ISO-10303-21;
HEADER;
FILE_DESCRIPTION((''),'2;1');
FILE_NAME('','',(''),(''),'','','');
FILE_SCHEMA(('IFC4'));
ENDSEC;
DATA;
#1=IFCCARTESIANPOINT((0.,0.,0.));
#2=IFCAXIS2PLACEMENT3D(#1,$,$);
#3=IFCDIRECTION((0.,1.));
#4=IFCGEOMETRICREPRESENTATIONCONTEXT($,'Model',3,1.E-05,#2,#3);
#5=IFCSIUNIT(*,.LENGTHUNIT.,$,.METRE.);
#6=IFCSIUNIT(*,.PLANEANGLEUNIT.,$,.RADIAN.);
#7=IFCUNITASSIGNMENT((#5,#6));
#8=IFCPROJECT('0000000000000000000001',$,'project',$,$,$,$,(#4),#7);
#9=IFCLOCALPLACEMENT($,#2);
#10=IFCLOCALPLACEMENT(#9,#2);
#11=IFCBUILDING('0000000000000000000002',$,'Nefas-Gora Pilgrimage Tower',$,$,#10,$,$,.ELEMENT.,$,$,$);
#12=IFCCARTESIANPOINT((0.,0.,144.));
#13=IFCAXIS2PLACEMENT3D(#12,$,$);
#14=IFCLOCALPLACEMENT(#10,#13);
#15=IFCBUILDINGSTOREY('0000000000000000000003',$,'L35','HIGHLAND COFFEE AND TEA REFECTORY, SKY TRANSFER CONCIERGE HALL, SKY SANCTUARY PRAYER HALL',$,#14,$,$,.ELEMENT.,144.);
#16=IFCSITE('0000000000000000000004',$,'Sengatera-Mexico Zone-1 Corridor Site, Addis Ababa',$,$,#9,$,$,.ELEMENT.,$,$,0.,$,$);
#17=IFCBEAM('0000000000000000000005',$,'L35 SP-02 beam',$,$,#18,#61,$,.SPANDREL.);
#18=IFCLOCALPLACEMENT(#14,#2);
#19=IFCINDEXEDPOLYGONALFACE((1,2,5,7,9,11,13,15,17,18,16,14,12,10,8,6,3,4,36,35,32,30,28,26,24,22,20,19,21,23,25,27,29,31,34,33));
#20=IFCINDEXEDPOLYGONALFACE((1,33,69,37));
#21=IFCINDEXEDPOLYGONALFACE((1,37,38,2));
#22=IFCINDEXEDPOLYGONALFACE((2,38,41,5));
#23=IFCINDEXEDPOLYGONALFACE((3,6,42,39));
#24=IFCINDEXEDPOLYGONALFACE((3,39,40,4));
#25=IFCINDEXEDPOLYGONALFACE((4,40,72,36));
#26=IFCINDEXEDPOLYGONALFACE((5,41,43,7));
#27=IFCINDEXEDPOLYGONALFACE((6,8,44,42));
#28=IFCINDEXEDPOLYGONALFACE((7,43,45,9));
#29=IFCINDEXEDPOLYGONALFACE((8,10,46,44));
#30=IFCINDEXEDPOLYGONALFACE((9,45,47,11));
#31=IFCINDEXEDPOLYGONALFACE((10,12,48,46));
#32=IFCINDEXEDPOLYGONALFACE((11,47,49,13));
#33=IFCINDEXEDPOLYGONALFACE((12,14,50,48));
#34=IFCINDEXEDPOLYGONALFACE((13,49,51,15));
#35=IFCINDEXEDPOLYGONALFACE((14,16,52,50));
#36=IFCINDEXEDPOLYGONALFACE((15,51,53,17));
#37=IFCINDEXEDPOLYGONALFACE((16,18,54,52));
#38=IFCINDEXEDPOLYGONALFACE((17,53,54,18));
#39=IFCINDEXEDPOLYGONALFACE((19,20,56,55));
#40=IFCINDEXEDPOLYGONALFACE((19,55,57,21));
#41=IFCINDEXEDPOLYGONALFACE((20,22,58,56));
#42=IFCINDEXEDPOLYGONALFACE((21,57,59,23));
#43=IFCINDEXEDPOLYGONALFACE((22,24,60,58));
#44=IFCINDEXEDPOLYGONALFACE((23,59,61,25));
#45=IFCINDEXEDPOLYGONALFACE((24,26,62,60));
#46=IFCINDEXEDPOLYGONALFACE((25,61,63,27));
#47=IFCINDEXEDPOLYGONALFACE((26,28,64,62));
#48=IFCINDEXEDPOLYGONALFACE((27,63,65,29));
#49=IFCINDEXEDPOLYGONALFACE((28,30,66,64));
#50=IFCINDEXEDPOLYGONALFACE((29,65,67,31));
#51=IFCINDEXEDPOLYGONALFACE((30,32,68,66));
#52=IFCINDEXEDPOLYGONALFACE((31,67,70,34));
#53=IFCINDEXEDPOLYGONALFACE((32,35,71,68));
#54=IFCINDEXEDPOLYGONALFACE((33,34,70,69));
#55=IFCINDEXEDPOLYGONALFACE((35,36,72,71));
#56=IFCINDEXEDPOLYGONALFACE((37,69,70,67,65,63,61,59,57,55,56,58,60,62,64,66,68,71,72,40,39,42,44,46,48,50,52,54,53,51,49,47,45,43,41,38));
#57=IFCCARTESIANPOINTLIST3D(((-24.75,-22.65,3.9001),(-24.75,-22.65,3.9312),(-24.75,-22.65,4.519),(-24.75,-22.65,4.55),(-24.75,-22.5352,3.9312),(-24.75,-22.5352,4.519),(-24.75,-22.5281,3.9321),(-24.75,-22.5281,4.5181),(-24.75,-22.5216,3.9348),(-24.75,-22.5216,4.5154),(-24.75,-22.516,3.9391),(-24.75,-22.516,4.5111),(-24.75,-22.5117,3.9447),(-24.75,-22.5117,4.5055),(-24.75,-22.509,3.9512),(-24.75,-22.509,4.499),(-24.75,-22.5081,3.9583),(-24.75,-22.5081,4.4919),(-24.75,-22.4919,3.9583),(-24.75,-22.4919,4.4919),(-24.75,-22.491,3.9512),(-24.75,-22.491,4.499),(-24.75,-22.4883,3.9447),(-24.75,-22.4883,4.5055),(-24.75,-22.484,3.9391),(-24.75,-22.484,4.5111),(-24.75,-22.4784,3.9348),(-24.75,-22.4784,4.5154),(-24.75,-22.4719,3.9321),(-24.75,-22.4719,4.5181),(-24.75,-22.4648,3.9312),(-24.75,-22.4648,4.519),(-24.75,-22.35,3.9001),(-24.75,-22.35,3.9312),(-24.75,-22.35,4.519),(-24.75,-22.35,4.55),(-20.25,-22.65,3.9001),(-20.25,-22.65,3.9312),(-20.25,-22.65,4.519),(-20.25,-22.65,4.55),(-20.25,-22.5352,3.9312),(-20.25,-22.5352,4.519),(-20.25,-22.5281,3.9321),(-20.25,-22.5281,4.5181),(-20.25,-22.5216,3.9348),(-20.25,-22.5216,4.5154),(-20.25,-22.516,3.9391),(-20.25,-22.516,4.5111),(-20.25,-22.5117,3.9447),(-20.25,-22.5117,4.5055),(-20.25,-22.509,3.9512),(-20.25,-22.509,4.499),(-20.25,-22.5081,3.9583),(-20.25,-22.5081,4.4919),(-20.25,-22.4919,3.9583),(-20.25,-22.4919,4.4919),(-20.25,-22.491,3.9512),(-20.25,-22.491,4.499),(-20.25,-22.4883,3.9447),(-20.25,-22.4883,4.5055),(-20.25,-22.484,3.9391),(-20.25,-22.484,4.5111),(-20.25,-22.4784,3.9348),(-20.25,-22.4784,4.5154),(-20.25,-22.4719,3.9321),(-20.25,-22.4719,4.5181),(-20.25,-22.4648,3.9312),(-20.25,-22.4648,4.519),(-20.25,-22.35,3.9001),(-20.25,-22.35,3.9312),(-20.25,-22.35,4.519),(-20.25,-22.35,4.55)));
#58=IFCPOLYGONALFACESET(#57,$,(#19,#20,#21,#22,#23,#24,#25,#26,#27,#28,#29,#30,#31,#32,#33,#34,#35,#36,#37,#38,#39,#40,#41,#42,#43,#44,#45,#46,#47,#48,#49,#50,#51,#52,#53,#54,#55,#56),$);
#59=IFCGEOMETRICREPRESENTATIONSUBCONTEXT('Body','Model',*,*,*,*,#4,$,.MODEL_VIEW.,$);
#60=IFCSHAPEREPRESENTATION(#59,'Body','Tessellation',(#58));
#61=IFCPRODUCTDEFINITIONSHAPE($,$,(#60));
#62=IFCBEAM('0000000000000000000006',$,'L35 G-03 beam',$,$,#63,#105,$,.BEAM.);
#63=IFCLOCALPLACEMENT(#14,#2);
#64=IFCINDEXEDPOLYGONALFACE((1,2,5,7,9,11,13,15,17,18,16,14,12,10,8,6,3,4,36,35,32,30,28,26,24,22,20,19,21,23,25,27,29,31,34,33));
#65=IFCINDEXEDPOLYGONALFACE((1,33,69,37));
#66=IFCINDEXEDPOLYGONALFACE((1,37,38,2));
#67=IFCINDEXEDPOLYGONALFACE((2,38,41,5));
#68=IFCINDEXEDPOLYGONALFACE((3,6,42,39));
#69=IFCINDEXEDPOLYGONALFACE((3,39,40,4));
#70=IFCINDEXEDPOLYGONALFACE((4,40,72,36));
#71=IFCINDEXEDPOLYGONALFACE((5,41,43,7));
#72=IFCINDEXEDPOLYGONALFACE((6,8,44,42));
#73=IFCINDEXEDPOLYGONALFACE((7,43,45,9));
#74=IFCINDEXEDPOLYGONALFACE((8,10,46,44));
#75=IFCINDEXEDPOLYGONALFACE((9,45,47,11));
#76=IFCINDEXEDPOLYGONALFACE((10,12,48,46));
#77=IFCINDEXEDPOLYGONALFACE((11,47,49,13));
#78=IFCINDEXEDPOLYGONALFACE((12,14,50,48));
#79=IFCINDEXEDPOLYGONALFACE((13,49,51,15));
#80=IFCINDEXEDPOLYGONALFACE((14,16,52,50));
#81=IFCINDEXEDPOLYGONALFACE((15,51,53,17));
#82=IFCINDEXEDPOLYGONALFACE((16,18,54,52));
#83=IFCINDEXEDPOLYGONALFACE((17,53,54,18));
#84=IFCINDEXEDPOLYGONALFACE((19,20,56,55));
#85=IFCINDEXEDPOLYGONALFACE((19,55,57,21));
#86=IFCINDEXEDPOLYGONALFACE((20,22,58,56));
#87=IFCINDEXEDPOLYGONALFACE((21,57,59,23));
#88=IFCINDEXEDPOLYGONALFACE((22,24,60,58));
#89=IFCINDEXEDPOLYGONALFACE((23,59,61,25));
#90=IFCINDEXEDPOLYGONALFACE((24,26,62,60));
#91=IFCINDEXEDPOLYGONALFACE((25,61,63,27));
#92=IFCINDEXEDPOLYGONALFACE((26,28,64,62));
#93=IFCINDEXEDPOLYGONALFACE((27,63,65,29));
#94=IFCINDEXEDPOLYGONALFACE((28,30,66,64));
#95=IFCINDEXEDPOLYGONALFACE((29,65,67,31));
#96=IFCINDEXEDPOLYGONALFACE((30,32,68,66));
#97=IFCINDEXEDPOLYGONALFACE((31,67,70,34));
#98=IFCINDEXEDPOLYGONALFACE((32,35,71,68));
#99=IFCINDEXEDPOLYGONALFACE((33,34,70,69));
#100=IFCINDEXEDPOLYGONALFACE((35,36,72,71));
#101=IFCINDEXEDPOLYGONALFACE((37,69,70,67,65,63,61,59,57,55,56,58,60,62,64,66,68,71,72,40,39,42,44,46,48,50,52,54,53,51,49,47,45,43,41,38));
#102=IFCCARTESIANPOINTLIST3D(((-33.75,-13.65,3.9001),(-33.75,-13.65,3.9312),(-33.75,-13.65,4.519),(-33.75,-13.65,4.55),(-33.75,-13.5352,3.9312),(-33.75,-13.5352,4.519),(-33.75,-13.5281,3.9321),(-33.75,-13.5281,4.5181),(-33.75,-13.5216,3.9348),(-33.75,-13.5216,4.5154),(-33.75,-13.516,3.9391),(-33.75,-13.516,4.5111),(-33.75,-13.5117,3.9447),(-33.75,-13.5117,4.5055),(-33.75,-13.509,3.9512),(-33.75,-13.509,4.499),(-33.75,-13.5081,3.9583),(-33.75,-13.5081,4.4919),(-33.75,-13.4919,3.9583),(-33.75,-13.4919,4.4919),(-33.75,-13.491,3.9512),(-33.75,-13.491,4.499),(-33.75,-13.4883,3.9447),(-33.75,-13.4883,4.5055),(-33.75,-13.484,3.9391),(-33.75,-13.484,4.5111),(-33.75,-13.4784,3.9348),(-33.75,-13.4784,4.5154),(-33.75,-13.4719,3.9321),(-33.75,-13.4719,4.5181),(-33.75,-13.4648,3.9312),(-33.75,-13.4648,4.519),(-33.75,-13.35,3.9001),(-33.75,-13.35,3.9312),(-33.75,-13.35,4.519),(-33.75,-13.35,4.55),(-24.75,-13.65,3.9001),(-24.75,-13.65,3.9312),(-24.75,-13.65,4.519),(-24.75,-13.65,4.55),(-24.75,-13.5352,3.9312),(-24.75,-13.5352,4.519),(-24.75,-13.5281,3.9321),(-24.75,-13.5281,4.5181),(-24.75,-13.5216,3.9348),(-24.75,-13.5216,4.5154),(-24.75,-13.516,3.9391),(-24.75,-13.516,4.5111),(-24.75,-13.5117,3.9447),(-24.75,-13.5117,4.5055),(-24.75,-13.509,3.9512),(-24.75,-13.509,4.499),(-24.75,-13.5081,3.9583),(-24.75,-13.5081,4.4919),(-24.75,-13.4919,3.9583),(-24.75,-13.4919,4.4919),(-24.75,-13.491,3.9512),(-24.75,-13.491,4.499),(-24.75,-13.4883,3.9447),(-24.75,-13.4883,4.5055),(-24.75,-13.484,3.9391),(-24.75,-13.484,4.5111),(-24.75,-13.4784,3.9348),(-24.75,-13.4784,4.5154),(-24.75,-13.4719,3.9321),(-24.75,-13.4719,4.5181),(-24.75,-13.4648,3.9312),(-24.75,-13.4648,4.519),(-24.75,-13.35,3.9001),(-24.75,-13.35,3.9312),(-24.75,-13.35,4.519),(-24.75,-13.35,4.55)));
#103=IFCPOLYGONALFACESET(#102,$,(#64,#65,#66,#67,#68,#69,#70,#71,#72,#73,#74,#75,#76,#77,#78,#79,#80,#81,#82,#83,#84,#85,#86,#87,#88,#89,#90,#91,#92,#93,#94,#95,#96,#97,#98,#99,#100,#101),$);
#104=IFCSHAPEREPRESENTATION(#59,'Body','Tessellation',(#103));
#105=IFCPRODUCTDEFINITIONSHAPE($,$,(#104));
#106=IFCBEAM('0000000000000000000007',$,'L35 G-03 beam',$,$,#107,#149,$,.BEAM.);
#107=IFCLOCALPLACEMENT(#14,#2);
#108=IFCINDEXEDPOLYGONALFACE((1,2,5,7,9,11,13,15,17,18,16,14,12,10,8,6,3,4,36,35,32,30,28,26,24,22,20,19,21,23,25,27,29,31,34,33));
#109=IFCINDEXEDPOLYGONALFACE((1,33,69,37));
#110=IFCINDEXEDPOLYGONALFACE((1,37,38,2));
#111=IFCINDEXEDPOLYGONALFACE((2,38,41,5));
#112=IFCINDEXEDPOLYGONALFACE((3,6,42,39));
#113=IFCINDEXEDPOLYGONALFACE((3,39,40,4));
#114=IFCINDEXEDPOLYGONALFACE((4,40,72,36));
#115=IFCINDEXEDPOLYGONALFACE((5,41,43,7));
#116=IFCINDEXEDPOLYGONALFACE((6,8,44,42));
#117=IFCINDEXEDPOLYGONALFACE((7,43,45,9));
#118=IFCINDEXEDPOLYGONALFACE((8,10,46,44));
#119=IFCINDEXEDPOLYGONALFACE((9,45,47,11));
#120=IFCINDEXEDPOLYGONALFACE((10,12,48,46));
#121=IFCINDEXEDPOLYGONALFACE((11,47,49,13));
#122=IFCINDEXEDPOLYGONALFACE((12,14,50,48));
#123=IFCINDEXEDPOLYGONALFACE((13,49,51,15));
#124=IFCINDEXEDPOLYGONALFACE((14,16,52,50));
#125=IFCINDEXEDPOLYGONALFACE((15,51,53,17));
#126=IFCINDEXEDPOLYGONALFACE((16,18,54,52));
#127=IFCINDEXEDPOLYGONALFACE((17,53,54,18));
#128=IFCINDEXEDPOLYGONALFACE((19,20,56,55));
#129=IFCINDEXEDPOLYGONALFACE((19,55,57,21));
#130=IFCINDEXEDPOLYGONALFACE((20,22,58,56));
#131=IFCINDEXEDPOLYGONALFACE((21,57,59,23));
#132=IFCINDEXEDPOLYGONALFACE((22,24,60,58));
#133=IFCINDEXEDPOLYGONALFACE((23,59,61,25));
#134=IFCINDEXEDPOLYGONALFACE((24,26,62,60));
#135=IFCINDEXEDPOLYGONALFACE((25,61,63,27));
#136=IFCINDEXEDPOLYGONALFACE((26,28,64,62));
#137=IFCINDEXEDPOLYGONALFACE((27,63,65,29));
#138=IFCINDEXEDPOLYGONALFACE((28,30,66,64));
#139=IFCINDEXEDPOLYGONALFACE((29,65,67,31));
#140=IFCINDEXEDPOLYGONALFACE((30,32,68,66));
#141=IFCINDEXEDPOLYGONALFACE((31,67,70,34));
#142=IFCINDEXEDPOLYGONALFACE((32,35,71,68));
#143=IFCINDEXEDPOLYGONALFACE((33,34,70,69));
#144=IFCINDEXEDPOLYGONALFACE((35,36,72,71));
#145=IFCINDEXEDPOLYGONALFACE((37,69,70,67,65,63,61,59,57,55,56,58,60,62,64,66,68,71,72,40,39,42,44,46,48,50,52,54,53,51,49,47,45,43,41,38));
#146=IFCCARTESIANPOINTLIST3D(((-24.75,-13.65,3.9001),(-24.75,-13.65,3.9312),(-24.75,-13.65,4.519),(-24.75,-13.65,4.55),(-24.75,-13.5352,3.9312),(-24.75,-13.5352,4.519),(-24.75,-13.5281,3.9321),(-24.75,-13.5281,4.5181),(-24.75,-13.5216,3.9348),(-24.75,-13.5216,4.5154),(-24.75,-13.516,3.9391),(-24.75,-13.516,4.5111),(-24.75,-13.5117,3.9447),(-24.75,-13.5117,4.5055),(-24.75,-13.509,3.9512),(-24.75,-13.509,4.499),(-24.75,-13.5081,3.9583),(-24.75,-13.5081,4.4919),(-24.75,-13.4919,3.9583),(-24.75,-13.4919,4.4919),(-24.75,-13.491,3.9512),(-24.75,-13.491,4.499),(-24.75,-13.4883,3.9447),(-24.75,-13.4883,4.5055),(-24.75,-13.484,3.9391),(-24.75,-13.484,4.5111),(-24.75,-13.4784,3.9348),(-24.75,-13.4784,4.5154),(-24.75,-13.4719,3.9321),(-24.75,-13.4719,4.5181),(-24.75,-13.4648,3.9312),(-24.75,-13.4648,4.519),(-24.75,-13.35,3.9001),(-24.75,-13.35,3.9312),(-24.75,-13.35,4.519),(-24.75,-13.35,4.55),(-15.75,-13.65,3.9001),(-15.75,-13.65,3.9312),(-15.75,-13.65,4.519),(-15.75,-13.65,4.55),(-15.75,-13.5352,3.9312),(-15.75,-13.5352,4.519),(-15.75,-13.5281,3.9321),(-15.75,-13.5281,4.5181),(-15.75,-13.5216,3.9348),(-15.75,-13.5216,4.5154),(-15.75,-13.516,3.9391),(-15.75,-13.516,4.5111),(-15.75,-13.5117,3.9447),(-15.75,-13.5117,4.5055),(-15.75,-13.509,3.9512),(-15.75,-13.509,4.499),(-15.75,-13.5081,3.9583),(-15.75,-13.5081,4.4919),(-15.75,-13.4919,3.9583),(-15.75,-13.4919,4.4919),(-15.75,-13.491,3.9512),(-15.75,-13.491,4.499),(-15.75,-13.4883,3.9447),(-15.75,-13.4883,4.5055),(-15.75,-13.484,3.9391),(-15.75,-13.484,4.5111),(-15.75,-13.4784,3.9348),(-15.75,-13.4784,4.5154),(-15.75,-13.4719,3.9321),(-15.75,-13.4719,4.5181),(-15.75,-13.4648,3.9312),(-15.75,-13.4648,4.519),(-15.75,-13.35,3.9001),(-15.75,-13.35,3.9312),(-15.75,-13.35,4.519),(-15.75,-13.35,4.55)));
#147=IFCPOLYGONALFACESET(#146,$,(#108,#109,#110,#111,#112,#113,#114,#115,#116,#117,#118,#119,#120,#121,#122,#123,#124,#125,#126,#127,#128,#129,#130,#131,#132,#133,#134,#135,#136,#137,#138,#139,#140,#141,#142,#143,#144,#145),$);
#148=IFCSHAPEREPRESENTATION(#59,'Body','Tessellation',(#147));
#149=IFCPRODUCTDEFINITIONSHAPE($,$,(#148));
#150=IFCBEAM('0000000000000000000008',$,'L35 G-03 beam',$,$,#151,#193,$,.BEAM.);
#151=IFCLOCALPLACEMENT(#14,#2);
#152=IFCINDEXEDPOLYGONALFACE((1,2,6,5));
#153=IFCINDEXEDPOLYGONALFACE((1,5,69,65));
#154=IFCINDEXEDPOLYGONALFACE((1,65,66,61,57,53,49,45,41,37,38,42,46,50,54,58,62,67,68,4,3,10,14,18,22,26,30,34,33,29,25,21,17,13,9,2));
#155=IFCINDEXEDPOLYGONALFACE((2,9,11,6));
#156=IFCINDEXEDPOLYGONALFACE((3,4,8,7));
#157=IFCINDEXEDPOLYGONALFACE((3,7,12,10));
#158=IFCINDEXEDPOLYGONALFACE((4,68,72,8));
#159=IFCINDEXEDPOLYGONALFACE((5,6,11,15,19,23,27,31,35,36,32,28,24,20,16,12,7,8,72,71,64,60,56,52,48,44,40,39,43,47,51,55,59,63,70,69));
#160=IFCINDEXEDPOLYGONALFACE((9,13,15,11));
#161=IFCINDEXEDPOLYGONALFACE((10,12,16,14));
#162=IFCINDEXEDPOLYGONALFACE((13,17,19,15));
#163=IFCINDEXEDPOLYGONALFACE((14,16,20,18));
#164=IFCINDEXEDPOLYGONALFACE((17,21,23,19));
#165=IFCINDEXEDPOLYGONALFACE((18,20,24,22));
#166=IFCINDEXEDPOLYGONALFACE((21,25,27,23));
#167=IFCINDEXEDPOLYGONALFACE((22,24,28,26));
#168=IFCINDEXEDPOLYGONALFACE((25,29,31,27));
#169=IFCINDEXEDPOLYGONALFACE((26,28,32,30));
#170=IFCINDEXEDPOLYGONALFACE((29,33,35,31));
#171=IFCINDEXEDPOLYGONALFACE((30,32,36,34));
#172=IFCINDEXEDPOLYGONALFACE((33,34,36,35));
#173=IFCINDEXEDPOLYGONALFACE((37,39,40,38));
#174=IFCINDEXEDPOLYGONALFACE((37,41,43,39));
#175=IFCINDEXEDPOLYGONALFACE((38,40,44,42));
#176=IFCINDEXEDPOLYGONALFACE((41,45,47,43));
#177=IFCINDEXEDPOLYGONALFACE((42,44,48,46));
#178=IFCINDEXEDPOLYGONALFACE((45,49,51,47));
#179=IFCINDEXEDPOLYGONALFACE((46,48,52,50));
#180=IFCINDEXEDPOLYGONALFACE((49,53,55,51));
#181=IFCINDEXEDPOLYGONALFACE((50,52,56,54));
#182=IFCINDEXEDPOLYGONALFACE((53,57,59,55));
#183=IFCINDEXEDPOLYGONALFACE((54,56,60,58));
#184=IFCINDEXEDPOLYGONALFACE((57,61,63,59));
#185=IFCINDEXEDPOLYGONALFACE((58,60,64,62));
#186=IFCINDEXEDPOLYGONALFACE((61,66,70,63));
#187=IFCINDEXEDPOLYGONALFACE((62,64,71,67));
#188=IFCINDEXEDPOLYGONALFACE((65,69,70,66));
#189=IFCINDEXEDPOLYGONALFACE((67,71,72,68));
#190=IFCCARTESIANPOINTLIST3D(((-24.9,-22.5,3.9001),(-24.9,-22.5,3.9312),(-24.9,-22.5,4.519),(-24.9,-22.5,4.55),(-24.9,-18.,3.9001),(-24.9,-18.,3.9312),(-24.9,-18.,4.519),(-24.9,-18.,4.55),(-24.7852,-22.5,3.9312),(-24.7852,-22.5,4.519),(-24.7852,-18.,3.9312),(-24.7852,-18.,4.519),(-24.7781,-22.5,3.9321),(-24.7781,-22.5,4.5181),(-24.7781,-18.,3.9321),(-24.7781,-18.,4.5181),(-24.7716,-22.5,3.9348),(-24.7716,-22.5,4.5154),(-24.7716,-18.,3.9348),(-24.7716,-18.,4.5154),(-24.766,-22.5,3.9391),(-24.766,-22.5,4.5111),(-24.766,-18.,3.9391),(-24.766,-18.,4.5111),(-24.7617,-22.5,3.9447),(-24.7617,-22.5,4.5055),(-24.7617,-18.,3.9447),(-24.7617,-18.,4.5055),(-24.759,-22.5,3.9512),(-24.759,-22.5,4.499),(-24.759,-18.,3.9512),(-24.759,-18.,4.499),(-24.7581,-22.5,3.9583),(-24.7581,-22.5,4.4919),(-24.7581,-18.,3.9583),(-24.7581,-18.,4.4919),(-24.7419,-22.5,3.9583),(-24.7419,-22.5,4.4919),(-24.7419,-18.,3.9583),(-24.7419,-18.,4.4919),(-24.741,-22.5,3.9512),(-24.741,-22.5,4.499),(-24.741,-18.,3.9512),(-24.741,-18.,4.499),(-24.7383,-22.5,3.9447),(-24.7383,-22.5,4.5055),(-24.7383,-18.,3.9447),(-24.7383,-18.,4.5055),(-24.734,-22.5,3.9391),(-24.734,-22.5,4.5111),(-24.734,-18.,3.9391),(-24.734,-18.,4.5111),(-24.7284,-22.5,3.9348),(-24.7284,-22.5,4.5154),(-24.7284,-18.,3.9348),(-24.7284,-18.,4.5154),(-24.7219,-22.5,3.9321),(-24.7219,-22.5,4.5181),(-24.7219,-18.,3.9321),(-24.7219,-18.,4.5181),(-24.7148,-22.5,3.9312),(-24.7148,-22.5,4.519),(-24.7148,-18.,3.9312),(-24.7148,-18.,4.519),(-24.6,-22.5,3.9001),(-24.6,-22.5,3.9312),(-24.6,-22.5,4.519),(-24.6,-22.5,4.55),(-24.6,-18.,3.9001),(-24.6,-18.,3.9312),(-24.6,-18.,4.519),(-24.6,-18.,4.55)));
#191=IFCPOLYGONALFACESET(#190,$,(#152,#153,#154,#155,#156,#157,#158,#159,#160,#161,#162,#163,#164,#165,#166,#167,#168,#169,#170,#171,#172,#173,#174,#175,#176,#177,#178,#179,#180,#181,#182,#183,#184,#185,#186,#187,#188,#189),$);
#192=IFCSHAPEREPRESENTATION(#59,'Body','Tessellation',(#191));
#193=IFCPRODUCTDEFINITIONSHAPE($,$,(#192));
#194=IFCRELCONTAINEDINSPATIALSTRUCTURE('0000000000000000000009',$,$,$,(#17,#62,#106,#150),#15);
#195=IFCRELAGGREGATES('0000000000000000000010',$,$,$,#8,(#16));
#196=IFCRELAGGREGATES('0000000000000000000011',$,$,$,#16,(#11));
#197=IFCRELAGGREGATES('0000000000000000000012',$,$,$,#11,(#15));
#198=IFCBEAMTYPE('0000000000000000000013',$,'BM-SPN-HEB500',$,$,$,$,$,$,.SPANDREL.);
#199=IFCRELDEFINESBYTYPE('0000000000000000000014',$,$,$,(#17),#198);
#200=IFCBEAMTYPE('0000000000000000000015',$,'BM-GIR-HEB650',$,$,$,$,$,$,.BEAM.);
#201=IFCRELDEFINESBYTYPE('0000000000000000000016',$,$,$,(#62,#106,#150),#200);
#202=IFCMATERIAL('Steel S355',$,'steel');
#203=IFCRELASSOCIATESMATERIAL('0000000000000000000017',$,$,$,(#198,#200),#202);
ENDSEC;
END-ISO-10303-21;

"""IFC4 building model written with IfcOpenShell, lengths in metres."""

from ifc_helpers import new_model, si_unit, direction, frame, origin, origin_2d, place, context, subcontext, project, spatial, i_section, extrude, source, transform, mapped, material, material_profile, profile_set, type_object, element, save


model = new_model("IFC4")

# Units and contexts
model_context = context("Model", 3, precision=1e-05, world=origin(), true_north=direction((0.0, 1.0)))
body_context = subcontext(model_context, "Body", "Model", "MODEL_VIEW")
ifc_project = project(units=[si_unit("LENGTHUNIT", "METRE"), si_unit("PLANEANGLEUNIT", "RADIAN")], contexts=[model_context])

# Site, building, storey
site_placement = place(None, origin())
site = spatial("IfcSite", under=ifc_project, at=site_placement, Name="Sengatera-Mexico Zone-1 Corridor Site, Addis Ababa", CompositionType="ELEMENT", RefElevation=0.0)
building_placement = place(site_placement, origin())
building = spatial("IfcBuilding", under=site, at=building_placement, Name="Nefas-Gora Pilgrimage Tower", CompositionType="ELEMENT")
storey_placement = place(building_placement, frame((0.0, 0.0, 144.0)))
storey = spatial("IfcBuildingStorey", under=building, at=storey_placement, Name="L35", Description="HIGHLAND COFFEE AND TEA REFECTORY, SKY TRANSFER CONCIERGE HALL, SKY SANCTUARY PRAYER HALL", CompositionType="ELEMENT", Elevation=144.0)

# Beams
ifc_material_1 = material(Name="Steel S355", Category="steel")
ifc_material_profile_1 = material_profile(ifc_material_1, i_section(OverallWidth=0.3, OverallDepth=0.6499, WebThickness=0.0161, FlangeThickness=0.031, FilletRadius=0.0271, at=origin_2d()), Name="HEB 650")
ifc_profile_set_1 = profile_set([ifc_material_profile_1], Name="Steel S355")
beam_type_1 = type_object("IfcBeamType", Name="BM-SPN-HEB500", PredefinedType="SPANDREL", material=ifc_profile_set_1)
shared_shape_1 = source(origin(), body_context, "Body", "SweptSolid", [
    extrude(i_section(OverallWidth=0.3, OverallDepth=0.6499, WebThickness=0.0161, FlangeThickness=0.031, FilletRadius=0.0271, at=origin_2d()), origin(), (0.0, 0.0, 1.0), 4.5),
])
for number, where, z_axis, x_axis, name in (
    (1, (-24.75, -22.5, 4.2251), (1.0, 0.0, 0.0), (0.0, 1.0, 0.0), "L35 SP-02 beam"),
):
    element("IfcBeam", number, at=place(storey_placement, frame(where, z_axis=z_axis, x_axis=x_axis)), inside=storey, type_object=beam_type_1, Name=name, PredefinedType="SPANDREL", context=body_context, shape_type="MappedRepresentation", body=[
        mapped(shared_shape_1, transform((0.0, 0.0, 0.0), x_axis=(1.0, 0.0, 0.0), y_axis=(0.0, 1.0, 0.0), z_axis=(0.0, 0.0, 1.0), scale=1.0)),
    ])
ifc_material_profile_2 = material_profile(ifc_material_1, i_section(OverallWidth=0.3, OverallDepth=0.6499, WebThickness=0.0161, FlangeThickness=0.031, FilletRadius=0.0271, at=origin_2d()), Name="HEB 650")
ifc_profile_set_2 = profile_set([ifc_material_profile_2], Name="Steel S355")
beam_type_2 = type_object("IfcBeamType", Name="BM-GIR-HEB650", PredefinedType="BEAM", material=ifc_profile_set_2)
shared_shape_2 = source(origin(), body_context, "Body", "SweptSolid", [
    extrude(i_section(OverallWidth=0.3, OverallDepth=0.6499, WebThickness=0.0161, FlangeThickness=0.031, FilletRadius=0.0271, at=origin_2d()), origin(), (0.0, 0.0, 1.0), 9.0),
])
for number, where, z_axis, x_axis, name in (
    (2, (-33.75, -13.5, 4.2251), (1.0, 0.0, 0.0), (0.0, 1.0, 0.0), "L35 G-03 beam"),
    (3, (-24.75, -13.5, 4.2251), (1.0, 0.0, 0.0), (0.0, 1.0, 0.0), "L35 G-03 beam"),
):
    element("IfcBeam", number, at=place(storey_placement, frame(where, z_axis=z_axis, x_axis=x_axis)), inside=storey, type_object=beam_type_2, Name=name, PredefinedType="BEAM", context=body_context, shape_type="MappedRepresentation", body=[
        mapped(shared_shape_2, transform((0.0, 0.0, 0.0), x_axis=(1.0, 0.0, 0.0), y_axis=(0.0, 1.0, 0.0), z_axis=(0.0, 0.0, 1.0), scale=1.0)),
    ])
shared_shape_3 = source(origin(), body_context, "Body", "SweptSolid", [
    extrude(i_section(OverallWidth=0.3, OverallDepth=0.6499, WebThickness=0.0161, FlangeThickness=0.031, FilletRadius=0.0271, at=origin_2d()), origin(), (0.0, 0.0, 1.0), 4.5),
])
for number, where, z_axis, x_axis, name in (
    (4, (-24.75, -22.5, 4.2251), (0.0, 1.0, 0.0), (-1.0, 0.0, 0.0), "L35 G-03 beam"),
):
    element("IfcBeam", number, at=place(storey_placement, frame(where, z_axis=z_axis, x_axis=x_axis)), inside=storey, type_object=beam_type_2, Name=name, PredefinedType="BEAM", context=body_context, shape_type="MappedRepresentation", body=[
        mapped(shared_shape_3, transform((0.0, 0.0, 0.0), x_axis=(1.0, 0.0, 0.0), y_axis=(0.0, 1.0, 0.0), z_axis=(0.0, 0.0, 1.0), scale=1.0)),
    ])

save(model, "model.ifc")
